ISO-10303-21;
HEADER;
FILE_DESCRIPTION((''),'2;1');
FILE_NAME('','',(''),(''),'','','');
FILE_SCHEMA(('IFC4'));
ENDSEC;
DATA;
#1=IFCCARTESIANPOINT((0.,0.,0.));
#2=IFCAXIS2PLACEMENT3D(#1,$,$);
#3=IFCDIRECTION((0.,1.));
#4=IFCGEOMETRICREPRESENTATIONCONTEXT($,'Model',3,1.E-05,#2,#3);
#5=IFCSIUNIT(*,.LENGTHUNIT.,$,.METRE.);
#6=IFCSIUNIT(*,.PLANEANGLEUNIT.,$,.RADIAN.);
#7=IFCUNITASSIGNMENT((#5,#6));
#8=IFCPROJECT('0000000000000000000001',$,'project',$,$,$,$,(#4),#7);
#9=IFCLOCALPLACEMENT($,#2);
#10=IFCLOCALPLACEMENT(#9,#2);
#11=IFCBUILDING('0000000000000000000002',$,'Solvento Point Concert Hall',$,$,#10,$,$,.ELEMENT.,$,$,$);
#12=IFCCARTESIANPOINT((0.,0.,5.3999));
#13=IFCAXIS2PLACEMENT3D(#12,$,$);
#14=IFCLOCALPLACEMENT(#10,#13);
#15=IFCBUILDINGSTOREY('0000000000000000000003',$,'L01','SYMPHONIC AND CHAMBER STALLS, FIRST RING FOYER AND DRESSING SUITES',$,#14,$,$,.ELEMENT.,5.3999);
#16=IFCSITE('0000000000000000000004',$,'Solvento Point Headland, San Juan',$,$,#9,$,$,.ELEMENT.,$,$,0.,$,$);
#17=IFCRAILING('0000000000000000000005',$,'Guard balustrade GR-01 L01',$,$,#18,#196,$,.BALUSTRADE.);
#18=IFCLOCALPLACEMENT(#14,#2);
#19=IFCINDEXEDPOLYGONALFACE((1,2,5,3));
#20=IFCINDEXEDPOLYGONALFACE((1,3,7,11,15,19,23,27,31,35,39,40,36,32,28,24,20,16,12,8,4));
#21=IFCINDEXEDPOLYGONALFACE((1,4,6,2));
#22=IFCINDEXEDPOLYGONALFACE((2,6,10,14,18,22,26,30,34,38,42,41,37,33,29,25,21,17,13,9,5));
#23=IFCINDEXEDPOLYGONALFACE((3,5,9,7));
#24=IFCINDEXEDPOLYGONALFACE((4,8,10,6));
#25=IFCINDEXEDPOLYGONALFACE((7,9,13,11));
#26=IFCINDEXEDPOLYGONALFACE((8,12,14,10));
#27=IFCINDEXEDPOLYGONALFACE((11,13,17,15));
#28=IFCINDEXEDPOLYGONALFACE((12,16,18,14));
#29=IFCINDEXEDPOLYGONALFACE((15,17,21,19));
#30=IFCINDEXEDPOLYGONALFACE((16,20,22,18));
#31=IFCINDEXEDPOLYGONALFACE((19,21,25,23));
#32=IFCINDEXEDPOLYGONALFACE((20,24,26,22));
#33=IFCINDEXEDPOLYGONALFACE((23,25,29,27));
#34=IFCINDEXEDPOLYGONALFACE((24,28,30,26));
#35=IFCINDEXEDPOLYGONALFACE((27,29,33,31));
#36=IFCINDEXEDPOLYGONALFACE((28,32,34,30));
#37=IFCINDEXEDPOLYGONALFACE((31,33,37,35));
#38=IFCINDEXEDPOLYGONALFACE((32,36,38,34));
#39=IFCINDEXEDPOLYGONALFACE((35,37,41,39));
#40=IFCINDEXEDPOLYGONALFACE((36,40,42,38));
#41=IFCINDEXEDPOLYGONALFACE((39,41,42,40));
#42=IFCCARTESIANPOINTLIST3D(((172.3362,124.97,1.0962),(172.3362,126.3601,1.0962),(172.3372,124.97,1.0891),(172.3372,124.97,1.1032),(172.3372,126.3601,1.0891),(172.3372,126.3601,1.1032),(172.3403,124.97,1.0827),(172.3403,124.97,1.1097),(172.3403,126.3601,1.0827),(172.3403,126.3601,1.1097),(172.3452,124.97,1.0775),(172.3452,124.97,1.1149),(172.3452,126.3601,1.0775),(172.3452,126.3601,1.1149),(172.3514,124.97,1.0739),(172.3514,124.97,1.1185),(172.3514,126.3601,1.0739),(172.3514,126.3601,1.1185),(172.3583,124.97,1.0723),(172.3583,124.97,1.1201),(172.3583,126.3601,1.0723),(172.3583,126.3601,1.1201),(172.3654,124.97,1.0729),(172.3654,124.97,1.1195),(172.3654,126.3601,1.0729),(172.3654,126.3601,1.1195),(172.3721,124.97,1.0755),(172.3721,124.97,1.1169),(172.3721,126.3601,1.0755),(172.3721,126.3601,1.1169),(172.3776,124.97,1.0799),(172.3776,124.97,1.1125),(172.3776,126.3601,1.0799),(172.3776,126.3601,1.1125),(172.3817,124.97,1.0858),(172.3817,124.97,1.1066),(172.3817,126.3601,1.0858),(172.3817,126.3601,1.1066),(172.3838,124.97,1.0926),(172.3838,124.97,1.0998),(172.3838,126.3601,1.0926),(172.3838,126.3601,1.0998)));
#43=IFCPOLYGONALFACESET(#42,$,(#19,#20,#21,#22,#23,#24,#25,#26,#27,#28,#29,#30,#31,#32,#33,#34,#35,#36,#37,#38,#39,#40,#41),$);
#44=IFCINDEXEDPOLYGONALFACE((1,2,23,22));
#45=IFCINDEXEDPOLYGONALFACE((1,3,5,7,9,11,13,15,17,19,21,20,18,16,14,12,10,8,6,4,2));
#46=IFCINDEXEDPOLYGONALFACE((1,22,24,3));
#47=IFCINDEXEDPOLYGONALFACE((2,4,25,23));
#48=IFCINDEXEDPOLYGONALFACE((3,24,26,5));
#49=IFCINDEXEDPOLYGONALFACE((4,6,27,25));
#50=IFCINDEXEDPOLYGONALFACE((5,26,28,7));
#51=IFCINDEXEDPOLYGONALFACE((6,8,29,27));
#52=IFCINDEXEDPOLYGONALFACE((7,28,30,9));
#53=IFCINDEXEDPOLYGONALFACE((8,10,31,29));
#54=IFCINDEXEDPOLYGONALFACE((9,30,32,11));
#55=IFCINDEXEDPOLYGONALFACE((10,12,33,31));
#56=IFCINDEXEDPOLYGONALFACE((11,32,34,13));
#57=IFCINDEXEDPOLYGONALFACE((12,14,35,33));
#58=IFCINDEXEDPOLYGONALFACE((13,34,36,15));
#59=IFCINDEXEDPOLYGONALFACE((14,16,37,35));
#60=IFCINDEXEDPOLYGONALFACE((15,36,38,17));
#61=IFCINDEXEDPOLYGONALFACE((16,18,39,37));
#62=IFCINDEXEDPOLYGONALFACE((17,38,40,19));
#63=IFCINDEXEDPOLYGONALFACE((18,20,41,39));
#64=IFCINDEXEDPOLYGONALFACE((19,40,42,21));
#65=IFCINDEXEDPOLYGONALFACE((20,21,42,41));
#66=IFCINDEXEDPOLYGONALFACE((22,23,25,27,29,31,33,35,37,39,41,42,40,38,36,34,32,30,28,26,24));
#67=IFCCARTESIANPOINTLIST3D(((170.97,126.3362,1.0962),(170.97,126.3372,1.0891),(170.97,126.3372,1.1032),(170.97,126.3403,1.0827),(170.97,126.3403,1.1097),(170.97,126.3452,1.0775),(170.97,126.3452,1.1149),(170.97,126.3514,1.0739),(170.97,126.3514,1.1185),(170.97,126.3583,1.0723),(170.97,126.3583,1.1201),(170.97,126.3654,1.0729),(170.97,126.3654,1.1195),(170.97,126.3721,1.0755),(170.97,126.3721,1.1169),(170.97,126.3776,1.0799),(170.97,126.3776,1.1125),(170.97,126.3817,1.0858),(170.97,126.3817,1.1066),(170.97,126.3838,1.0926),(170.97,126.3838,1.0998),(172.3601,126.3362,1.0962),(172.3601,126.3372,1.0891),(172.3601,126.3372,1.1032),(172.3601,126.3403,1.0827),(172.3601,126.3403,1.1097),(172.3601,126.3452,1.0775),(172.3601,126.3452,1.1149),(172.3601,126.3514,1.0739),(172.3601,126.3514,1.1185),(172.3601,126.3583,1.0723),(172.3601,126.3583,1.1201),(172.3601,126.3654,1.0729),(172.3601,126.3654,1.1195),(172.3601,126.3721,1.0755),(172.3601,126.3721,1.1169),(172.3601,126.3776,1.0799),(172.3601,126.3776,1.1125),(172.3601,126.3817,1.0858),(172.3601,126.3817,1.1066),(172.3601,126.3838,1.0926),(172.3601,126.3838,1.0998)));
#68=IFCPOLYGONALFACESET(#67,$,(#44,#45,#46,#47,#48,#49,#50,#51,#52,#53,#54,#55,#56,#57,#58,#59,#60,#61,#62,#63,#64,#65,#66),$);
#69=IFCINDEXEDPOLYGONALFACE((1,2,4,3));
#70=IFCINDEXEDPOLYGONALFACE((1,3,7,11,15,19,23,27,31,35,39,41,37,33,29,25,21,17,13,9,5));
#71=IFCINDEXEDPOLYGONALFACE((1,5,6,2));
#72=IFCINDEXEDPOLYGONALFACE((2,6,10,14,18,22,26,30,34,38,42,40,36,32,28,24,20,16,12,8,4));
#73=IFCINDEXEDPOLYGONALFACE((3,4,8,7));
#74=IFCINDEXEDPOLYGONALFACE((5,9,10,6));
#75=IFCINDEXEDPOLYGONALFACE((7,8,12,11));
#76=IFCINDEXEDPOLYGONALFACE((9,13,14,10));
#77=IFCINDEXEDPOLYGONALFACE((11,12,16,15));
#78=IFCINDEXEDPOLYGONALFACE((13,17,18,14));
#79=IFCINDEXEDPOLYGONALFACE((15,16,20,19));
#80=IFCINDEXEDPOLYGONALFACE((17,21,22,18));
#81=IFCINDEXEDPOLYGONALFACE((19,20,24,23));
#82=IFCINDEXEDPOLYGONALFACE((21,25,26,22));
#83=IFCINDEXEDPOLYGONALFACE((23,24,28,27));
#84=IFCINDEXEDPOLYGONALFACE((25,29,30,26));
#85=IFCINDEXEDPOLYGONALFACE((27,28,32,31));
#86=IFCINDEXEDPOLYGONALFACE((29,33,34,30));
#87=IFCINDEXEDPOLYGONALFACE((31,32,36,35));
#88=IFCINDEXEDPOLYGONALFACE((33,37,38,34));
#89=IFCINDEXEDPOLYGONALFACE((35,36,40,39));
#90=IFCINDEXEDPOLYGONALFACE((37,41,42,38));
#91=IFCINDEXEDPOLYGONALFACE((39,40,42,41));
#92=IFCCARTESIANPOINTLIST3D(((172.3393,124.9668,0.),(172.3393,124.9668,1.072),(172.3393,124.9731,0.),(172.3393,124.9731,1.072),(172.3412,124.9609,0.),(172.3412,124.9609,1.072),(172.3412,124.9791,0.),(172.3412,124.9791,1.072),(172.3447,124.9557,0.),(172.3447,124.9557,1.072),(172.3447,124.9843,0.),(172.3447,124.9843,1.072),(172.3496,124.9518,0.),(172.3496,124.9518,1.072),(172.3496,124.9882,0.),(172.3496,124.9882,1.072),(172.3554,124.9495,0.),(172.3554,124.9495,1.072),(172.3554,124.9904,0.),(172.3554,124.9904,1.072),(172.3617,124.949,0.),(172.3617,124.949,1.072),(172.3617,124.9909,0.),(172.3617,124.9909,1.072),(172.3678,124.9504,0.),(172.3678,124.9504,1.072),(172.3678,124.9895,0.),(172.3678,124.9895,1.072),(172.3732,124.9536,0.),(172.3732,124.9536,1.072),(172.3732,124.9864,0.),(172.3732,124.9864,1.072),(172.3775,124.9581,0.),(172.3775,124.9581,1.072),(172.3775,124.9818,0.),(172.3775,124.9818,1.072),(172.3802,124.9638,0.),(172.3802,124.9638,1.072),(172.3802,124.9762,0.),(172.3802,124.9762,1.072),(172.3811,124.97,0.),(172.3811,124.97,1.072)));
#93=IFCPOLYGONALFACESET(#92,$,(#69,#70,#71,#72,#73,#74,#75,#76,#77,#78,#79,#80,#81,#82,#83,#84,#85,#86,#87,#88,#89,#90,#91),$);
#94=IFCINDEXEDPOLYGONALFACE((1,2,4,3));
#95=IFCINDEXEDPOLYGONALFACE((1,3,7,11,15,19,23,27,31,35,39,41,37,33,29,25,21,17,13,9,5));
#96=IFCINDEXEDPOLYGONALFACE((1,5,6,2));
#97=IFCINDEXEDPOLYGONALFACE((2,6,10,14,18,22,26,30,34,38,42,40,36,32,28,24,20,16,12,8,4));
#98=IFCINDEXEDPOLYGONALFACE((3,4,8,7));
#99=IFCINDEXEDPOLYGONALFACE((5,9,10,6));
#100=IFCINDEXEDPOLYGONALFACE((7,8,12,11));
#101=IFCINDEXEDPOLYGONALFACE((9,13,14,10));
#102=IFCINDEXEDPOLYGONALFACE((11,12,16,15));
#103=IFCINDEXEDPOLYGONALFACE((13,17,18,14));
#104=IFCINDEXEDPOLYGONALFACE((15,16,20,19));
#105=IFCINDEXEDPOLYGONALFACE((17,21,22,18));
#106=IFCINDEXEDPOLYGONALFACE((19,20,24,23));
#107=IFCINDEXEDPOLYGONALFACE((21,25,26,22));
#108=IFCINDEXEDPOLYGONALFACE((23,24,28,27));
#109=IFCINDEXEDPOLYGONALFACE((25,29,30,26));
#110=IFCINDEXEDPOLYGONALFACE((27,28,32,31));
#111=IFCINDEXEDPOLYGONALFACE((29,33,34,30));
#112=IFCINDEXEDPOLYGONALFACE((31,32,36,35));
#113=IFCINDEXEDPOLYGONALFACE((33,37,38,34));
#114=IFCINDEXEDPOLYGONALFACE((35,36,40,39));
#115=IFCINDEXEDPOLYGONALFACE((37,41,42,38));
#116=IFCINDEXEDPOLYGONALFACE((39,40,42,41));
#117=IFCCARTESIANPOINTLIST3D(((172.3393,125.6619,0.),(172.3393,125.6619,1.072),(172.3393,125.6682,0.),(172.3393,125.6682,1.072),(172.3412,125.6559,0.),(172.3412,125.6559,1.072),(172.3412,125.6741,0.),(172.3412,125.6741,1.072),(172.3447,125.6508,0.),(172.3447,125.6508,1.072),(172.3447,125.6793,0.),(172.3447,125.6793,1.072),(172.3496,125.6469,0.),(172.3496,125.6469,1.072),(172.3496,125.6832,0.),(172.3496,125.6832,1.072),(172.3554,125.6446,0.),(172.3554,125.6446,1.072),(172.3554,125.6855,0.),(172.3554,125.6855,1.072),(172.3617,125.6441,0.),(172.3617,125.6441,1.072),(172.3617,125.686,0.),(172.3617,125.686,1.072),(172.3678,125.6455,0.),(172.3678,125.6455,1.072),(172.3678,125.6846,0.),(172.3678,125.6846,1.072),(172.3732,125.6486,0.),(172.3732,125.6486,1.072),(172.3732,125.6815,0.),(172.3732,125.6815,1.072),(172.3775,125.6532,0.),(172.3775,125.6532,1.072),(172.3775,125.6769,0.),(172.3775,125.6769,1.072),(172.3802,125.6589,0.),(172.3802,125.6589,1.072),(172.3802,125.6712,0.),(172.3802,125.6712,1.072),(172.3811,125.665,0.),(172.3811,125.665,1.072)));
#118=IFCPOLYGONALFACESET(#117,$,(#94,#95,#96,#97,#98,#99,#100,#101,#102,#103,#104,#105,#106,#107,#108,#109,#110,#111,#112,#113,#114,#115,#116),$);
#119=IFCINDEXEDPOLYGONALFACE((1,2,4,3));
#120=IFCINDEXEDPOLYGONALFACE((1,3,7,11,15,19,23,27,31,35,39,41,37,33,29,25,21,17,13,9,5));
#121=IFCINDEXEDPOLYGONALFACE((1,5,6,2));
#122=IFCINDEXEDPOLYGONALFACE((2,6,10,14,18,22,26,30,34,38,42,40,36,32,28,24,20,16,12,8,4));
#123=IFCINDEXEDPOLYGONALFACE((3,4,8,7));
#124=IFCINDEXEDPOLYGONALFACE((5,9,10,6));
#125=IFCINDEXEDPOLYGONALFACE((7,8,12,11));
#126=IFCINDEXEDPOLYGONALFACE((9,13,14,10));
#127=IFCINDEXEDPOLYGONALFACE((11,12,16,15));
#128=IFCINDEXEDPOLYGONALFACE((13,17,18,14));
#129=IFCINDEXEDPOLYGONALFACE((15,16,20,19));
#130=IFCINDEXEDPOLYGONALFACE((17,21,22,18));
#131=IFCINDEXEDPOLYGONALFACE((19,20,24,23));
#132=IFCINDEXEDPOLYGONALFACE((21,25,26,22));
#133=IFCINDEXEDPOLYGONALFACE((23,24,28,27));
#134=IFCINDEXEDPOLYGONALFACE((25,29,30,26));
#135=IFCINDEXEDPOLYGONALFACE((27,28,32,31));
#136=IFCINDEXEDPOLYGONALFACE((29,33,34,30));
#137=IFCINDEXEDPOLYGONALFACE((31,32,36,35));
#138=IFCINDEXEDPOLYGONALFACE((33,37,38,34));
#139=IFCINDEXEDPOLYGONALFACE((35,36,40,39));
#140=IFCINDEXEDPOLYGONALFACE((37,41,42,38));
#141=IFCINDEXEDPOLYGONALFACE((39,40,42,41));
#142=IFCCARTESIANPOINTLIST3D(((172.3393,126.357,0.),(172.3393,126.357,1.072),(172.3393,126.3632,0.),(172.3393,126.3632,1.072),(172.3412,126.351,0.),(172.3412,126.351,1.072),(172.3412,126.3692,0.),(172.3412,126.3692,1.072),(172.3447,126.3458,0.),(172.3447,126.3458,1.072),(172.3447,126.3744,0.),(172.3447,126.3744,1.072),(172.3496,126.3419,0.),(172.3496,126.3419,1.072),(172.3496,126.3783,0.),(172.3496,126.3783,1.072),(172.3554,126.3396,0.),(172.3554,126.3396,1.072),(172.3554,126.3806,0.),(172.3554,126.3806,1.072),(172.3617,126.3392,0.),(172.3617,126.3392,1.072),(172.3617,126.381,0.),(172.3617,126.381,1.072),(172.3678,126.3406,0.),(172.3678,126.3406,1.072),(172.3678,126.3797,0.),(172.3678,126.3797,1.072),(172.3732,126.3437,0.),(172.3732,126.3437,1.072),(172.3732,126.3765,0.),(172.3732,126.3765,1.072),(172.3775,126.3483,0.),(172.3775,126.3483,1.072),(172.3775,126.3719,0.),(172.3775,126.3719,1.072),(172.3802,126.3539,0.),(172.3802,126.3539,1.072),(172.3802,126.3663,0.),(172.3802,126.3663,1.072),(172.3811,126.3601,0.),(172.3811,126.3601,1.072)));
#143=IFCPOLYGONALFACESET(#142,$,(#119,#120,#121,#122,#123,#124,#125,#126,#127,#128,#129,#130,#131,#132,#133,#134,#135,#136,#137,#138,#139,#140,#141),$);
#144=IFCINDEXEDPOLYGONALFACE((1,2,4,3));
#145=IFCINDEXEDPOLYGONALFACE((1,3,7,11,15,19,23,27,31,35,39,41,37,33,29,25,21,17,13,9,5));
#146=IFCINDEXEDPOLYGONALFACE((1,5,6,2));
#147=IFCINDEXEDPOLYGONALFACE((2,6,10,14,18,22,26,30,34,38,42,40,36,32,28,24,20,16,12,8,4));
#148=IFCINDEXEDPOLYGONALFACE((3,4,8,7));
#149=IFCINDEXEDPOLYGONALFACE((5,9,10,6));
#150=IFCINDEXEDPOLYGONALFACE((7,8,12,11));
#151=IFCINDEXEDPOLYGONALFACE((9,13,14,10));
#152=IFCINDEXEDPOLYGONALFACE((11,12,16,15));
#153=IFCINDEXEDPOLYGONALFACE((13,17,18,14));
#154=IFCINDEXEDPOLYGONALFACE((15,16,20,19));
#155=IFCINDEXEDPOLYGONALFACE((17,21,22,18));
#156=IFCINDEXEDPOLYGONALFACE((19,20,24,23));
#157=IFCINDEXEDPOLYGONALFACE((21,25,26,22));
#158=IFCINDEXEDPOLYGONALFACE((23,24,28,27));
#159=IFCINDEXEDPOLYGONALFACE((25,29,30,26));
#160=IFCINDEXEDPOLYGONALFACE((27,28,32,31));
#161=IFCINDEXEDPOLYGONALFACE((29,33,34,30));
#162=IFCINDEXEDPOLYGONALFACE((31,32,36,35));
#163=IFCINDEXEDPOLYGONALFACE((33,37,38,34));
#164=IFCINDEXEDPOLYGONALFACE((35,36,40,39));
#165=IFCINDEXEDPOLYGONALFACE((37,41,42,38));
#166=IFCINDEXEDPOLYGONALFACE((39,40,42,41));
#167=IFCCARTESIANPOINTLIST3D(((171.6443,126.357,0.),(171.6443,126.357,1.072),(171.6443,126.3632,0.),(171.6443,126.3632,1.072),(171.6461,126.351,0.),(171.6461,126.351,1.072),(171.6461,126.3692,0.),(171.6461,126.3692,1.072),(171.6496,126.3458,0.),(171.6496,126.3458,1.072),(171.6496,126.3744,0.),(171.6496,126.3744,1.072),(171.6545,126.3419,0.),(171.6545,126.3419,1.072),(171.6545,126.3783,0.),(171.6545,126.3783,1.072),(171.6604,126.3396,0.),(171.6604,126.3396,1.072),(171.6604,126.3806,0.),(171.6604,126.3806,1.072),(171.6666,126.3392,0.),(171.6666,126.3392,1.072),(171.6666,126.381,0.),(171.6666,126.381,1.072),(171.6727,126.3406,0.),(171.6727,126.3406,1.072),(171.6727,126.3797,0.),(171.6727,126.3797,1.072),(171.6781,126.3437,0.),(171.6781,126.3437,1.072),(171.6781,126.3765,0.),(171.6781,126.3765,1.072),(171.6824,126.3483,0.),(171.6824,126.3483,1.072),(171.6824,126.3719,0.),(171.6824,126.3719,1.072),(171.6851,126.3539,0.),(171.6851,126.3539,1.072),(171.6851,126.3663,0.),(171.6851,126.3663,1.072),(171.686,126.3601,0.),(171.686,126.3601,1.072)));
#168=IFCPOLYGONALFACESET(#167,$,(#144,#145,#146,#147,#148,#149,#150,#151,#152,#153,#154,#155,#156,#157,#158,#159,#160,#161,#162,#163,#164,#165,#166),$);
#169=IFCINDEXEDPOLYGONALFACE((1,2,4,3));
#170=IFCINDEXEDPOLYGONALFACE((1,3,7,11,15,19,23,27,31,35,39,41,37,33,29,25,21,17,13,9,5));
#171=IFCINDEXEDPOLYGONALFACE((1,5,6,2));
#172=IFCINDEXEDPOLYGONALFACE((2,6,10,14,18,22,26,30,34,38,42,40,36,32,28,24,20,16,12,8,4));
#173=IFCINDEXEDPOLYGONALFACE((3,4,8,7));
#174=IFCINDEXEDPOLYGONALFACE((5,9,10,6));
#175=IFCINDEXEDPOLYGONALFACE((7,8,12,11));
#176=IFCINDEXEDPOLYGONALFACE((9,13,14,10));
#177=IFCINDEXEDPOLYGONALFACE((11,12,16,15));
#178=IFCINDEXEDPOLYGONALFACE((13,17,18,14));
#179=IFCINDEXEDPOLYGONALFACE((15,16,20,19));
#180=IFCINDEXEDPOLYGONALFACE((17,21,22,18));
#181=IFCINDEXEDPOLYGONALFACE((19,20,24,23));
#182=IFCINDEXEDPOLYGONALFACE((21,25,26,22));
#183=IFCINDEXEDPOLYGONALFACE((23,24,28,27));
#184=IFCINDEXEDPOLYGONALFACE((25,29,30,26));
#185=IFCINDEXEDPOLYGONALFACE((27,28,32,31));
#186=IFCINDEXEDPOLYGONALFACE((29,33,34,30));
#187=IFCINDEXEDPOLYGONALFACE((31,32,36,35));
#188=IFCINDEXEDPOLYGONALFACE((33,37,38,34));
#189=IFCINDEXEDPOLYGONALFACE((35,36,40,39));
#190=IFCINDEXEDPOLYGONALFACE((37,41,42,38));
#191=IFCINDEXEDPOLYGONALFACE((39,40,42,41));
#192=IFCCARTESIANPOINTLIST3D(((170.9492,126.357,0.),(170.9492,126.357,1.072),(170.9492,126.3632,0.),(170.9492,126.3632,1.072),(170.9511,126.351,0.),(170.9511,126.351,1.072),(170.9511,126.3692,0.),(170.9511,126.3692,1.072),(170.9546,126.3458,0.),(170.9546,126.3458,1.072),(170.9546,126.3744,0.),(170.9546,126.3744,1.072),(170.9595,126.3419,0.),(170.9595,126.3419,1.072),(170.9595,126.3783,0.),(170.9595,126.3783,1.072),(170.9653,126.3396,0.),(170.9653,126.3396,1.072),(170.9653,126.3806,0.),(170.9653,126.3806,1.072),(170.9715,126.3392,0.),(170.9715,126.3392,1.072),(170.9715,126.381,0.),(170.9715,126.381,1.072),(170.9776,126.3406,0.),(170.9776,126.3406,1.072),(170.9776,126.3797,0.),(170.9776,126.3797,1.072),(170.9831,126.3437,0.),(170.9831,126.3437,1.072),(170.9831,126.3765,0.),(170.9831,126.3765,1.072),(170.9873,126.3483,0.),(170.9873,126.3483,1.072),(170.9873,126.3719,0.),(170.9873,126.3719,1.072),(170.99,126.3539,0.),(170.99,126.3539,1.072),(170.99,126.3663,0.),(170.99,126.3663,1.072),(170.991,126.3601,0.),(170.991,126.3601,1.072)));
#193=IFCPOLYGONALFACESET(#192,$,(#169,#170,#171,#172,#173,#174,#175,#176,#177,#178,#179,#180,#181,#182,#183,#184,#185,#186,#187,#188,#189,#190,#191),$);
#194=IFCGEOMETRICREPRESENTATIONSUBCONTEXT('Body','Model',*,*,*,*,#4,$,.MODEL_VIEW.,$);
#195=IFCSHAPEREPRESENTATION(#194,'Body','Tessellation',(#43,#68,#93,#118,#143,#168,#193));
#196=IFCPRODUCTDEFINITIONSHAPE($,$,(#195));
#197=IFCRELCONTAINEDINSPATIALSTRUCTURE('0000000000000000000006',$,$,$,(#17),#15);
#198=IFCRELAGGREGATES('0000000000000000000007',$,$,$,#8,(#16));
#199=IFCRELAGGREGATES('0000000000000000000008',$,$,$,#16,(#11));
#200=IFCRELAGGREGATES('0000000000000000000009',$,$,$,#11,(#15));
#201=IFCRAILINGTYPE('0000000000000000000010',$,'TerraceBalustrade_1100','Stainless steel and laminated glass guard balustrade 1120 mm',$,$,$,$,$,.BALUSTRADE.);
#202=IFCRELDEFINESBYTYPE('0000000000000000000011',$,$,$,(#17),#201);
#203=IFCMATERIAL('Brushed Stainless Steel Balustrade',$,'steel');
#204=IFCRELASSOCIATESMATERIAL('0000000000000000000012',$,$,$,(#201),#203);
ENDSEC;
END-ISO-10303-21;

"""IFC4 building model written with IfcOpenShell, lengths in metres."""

from ifc_helpers import new_model, si_unit, direction, frame, origin, origin_2d, place, context, subcontext, project, spatial, circle, extrude, material, type_object, element, save


model = new_model("IFC4")

# Units and contexts
model_context = context("Model", 3, precision=1e-05, world=origin(), true_north=direction((0.0, 1.0)))
body_context = subcontext(model_context, "Body", "Model", "MODEL_VIEW")
ifc_project = project(units=[si_unit("LENGTHUNIT", "METRE"), si_unit("PLANEANGLEUNIT", "RADIAN")], contexts=[model_context])

# Site, building, storey
site_placement = place(None, origin())
site = spatial("IfcSite", under=ifc_project, at=site_placement, Name="Solvento Point Headland, San Juan", CompositionType="ELEMENT", RefElevation=0.0)
building_placement = place(site_placement, origin())
building = spatial("IfcBuilding", under=site, at=building_placement, Name="Solvento Point Concert Hall", CompositionType="ELEMENT")
storey_placement = place(building_placement, frame((0.0, 0.0, 5.3999)))
storey = spatial("IfcBuildingStorey", under=building, at=storey_placement, Name="L01", Description="SYMPHONIC AND CHAMBER STALLS, FIRST RING FOYER AND DRESSING SUITES", CompositionType="ELEMENT", Elevation=5.3999)

# Railing
ifc_material_1 = material(Name="Brushed Stainless Steel Balustrade", Category="steel")
railing_type = type_object("IfcRailingType", Name="TerraceBalustrade_1100", Description="Stainless steel and laminated glass guard balustrade 1120 mm", PredefinedType="BALUSTRADE", material=ifc_material_1)
railing_1_placement = place(storey_placement, frame((172.3601, 124.97, 0.0)))
element("IfcRailing", 1, at=railing_1_placement, inside=storey, type_object=railing_type, Name="Guard balustrade GR-01 L01", PredefinedType="BALUSTRADE", context=body_context, shape_type="SweptSolid", body=[
    extrude(circle(Radius=0.0239, at=origin_2d()), frame((0.0, 0.0, 1.0962), z_axis=(0.0, 1.0, 0.0), x_axis=(-1.0, 0.0, 0.0)), (0.0, 0.0, 1.0), 1.3901),
    extrude(circle(Radius=0.0239, at=origin_2d()), frame((0.0, 1.3901, 1.0962), z_axis=(-1.0, 0.0, 0.0), x_axis=(0.0, -1.0, 0.0)), (0.0, 0.0, 1.0), 1.3901),
    extrude(circle(Radius=0.021, at=origin_2d()), origin(), (0.0, 0.0, 1.0), 1.072),
    extrude(circle(Radius=0.021, at=origin_2d()), frame((0.0, 0.6951, 0.0)), (0.0, 0.0, 1.0), 1.072),
    extrude(circle(Radius=0.021, at=origin_2d()), frame((0.0, 1.3901, 0.0)), (0.0, 0.0, 1.0), 1.072),
    extrude(circle(Radius=0.021, at=origin_2d()), frame((-0.6951, 1.3901, 0.0)), (0.0, 0.0, 1.0), 1.072),
    extrude(circle(Radius=0.021, at=origin_2d()), frame((-1.3901, 1.3901, 0.0)), (0.0, 0.0, 1.0), 1.072),
])

save(model, "model.ifc")
